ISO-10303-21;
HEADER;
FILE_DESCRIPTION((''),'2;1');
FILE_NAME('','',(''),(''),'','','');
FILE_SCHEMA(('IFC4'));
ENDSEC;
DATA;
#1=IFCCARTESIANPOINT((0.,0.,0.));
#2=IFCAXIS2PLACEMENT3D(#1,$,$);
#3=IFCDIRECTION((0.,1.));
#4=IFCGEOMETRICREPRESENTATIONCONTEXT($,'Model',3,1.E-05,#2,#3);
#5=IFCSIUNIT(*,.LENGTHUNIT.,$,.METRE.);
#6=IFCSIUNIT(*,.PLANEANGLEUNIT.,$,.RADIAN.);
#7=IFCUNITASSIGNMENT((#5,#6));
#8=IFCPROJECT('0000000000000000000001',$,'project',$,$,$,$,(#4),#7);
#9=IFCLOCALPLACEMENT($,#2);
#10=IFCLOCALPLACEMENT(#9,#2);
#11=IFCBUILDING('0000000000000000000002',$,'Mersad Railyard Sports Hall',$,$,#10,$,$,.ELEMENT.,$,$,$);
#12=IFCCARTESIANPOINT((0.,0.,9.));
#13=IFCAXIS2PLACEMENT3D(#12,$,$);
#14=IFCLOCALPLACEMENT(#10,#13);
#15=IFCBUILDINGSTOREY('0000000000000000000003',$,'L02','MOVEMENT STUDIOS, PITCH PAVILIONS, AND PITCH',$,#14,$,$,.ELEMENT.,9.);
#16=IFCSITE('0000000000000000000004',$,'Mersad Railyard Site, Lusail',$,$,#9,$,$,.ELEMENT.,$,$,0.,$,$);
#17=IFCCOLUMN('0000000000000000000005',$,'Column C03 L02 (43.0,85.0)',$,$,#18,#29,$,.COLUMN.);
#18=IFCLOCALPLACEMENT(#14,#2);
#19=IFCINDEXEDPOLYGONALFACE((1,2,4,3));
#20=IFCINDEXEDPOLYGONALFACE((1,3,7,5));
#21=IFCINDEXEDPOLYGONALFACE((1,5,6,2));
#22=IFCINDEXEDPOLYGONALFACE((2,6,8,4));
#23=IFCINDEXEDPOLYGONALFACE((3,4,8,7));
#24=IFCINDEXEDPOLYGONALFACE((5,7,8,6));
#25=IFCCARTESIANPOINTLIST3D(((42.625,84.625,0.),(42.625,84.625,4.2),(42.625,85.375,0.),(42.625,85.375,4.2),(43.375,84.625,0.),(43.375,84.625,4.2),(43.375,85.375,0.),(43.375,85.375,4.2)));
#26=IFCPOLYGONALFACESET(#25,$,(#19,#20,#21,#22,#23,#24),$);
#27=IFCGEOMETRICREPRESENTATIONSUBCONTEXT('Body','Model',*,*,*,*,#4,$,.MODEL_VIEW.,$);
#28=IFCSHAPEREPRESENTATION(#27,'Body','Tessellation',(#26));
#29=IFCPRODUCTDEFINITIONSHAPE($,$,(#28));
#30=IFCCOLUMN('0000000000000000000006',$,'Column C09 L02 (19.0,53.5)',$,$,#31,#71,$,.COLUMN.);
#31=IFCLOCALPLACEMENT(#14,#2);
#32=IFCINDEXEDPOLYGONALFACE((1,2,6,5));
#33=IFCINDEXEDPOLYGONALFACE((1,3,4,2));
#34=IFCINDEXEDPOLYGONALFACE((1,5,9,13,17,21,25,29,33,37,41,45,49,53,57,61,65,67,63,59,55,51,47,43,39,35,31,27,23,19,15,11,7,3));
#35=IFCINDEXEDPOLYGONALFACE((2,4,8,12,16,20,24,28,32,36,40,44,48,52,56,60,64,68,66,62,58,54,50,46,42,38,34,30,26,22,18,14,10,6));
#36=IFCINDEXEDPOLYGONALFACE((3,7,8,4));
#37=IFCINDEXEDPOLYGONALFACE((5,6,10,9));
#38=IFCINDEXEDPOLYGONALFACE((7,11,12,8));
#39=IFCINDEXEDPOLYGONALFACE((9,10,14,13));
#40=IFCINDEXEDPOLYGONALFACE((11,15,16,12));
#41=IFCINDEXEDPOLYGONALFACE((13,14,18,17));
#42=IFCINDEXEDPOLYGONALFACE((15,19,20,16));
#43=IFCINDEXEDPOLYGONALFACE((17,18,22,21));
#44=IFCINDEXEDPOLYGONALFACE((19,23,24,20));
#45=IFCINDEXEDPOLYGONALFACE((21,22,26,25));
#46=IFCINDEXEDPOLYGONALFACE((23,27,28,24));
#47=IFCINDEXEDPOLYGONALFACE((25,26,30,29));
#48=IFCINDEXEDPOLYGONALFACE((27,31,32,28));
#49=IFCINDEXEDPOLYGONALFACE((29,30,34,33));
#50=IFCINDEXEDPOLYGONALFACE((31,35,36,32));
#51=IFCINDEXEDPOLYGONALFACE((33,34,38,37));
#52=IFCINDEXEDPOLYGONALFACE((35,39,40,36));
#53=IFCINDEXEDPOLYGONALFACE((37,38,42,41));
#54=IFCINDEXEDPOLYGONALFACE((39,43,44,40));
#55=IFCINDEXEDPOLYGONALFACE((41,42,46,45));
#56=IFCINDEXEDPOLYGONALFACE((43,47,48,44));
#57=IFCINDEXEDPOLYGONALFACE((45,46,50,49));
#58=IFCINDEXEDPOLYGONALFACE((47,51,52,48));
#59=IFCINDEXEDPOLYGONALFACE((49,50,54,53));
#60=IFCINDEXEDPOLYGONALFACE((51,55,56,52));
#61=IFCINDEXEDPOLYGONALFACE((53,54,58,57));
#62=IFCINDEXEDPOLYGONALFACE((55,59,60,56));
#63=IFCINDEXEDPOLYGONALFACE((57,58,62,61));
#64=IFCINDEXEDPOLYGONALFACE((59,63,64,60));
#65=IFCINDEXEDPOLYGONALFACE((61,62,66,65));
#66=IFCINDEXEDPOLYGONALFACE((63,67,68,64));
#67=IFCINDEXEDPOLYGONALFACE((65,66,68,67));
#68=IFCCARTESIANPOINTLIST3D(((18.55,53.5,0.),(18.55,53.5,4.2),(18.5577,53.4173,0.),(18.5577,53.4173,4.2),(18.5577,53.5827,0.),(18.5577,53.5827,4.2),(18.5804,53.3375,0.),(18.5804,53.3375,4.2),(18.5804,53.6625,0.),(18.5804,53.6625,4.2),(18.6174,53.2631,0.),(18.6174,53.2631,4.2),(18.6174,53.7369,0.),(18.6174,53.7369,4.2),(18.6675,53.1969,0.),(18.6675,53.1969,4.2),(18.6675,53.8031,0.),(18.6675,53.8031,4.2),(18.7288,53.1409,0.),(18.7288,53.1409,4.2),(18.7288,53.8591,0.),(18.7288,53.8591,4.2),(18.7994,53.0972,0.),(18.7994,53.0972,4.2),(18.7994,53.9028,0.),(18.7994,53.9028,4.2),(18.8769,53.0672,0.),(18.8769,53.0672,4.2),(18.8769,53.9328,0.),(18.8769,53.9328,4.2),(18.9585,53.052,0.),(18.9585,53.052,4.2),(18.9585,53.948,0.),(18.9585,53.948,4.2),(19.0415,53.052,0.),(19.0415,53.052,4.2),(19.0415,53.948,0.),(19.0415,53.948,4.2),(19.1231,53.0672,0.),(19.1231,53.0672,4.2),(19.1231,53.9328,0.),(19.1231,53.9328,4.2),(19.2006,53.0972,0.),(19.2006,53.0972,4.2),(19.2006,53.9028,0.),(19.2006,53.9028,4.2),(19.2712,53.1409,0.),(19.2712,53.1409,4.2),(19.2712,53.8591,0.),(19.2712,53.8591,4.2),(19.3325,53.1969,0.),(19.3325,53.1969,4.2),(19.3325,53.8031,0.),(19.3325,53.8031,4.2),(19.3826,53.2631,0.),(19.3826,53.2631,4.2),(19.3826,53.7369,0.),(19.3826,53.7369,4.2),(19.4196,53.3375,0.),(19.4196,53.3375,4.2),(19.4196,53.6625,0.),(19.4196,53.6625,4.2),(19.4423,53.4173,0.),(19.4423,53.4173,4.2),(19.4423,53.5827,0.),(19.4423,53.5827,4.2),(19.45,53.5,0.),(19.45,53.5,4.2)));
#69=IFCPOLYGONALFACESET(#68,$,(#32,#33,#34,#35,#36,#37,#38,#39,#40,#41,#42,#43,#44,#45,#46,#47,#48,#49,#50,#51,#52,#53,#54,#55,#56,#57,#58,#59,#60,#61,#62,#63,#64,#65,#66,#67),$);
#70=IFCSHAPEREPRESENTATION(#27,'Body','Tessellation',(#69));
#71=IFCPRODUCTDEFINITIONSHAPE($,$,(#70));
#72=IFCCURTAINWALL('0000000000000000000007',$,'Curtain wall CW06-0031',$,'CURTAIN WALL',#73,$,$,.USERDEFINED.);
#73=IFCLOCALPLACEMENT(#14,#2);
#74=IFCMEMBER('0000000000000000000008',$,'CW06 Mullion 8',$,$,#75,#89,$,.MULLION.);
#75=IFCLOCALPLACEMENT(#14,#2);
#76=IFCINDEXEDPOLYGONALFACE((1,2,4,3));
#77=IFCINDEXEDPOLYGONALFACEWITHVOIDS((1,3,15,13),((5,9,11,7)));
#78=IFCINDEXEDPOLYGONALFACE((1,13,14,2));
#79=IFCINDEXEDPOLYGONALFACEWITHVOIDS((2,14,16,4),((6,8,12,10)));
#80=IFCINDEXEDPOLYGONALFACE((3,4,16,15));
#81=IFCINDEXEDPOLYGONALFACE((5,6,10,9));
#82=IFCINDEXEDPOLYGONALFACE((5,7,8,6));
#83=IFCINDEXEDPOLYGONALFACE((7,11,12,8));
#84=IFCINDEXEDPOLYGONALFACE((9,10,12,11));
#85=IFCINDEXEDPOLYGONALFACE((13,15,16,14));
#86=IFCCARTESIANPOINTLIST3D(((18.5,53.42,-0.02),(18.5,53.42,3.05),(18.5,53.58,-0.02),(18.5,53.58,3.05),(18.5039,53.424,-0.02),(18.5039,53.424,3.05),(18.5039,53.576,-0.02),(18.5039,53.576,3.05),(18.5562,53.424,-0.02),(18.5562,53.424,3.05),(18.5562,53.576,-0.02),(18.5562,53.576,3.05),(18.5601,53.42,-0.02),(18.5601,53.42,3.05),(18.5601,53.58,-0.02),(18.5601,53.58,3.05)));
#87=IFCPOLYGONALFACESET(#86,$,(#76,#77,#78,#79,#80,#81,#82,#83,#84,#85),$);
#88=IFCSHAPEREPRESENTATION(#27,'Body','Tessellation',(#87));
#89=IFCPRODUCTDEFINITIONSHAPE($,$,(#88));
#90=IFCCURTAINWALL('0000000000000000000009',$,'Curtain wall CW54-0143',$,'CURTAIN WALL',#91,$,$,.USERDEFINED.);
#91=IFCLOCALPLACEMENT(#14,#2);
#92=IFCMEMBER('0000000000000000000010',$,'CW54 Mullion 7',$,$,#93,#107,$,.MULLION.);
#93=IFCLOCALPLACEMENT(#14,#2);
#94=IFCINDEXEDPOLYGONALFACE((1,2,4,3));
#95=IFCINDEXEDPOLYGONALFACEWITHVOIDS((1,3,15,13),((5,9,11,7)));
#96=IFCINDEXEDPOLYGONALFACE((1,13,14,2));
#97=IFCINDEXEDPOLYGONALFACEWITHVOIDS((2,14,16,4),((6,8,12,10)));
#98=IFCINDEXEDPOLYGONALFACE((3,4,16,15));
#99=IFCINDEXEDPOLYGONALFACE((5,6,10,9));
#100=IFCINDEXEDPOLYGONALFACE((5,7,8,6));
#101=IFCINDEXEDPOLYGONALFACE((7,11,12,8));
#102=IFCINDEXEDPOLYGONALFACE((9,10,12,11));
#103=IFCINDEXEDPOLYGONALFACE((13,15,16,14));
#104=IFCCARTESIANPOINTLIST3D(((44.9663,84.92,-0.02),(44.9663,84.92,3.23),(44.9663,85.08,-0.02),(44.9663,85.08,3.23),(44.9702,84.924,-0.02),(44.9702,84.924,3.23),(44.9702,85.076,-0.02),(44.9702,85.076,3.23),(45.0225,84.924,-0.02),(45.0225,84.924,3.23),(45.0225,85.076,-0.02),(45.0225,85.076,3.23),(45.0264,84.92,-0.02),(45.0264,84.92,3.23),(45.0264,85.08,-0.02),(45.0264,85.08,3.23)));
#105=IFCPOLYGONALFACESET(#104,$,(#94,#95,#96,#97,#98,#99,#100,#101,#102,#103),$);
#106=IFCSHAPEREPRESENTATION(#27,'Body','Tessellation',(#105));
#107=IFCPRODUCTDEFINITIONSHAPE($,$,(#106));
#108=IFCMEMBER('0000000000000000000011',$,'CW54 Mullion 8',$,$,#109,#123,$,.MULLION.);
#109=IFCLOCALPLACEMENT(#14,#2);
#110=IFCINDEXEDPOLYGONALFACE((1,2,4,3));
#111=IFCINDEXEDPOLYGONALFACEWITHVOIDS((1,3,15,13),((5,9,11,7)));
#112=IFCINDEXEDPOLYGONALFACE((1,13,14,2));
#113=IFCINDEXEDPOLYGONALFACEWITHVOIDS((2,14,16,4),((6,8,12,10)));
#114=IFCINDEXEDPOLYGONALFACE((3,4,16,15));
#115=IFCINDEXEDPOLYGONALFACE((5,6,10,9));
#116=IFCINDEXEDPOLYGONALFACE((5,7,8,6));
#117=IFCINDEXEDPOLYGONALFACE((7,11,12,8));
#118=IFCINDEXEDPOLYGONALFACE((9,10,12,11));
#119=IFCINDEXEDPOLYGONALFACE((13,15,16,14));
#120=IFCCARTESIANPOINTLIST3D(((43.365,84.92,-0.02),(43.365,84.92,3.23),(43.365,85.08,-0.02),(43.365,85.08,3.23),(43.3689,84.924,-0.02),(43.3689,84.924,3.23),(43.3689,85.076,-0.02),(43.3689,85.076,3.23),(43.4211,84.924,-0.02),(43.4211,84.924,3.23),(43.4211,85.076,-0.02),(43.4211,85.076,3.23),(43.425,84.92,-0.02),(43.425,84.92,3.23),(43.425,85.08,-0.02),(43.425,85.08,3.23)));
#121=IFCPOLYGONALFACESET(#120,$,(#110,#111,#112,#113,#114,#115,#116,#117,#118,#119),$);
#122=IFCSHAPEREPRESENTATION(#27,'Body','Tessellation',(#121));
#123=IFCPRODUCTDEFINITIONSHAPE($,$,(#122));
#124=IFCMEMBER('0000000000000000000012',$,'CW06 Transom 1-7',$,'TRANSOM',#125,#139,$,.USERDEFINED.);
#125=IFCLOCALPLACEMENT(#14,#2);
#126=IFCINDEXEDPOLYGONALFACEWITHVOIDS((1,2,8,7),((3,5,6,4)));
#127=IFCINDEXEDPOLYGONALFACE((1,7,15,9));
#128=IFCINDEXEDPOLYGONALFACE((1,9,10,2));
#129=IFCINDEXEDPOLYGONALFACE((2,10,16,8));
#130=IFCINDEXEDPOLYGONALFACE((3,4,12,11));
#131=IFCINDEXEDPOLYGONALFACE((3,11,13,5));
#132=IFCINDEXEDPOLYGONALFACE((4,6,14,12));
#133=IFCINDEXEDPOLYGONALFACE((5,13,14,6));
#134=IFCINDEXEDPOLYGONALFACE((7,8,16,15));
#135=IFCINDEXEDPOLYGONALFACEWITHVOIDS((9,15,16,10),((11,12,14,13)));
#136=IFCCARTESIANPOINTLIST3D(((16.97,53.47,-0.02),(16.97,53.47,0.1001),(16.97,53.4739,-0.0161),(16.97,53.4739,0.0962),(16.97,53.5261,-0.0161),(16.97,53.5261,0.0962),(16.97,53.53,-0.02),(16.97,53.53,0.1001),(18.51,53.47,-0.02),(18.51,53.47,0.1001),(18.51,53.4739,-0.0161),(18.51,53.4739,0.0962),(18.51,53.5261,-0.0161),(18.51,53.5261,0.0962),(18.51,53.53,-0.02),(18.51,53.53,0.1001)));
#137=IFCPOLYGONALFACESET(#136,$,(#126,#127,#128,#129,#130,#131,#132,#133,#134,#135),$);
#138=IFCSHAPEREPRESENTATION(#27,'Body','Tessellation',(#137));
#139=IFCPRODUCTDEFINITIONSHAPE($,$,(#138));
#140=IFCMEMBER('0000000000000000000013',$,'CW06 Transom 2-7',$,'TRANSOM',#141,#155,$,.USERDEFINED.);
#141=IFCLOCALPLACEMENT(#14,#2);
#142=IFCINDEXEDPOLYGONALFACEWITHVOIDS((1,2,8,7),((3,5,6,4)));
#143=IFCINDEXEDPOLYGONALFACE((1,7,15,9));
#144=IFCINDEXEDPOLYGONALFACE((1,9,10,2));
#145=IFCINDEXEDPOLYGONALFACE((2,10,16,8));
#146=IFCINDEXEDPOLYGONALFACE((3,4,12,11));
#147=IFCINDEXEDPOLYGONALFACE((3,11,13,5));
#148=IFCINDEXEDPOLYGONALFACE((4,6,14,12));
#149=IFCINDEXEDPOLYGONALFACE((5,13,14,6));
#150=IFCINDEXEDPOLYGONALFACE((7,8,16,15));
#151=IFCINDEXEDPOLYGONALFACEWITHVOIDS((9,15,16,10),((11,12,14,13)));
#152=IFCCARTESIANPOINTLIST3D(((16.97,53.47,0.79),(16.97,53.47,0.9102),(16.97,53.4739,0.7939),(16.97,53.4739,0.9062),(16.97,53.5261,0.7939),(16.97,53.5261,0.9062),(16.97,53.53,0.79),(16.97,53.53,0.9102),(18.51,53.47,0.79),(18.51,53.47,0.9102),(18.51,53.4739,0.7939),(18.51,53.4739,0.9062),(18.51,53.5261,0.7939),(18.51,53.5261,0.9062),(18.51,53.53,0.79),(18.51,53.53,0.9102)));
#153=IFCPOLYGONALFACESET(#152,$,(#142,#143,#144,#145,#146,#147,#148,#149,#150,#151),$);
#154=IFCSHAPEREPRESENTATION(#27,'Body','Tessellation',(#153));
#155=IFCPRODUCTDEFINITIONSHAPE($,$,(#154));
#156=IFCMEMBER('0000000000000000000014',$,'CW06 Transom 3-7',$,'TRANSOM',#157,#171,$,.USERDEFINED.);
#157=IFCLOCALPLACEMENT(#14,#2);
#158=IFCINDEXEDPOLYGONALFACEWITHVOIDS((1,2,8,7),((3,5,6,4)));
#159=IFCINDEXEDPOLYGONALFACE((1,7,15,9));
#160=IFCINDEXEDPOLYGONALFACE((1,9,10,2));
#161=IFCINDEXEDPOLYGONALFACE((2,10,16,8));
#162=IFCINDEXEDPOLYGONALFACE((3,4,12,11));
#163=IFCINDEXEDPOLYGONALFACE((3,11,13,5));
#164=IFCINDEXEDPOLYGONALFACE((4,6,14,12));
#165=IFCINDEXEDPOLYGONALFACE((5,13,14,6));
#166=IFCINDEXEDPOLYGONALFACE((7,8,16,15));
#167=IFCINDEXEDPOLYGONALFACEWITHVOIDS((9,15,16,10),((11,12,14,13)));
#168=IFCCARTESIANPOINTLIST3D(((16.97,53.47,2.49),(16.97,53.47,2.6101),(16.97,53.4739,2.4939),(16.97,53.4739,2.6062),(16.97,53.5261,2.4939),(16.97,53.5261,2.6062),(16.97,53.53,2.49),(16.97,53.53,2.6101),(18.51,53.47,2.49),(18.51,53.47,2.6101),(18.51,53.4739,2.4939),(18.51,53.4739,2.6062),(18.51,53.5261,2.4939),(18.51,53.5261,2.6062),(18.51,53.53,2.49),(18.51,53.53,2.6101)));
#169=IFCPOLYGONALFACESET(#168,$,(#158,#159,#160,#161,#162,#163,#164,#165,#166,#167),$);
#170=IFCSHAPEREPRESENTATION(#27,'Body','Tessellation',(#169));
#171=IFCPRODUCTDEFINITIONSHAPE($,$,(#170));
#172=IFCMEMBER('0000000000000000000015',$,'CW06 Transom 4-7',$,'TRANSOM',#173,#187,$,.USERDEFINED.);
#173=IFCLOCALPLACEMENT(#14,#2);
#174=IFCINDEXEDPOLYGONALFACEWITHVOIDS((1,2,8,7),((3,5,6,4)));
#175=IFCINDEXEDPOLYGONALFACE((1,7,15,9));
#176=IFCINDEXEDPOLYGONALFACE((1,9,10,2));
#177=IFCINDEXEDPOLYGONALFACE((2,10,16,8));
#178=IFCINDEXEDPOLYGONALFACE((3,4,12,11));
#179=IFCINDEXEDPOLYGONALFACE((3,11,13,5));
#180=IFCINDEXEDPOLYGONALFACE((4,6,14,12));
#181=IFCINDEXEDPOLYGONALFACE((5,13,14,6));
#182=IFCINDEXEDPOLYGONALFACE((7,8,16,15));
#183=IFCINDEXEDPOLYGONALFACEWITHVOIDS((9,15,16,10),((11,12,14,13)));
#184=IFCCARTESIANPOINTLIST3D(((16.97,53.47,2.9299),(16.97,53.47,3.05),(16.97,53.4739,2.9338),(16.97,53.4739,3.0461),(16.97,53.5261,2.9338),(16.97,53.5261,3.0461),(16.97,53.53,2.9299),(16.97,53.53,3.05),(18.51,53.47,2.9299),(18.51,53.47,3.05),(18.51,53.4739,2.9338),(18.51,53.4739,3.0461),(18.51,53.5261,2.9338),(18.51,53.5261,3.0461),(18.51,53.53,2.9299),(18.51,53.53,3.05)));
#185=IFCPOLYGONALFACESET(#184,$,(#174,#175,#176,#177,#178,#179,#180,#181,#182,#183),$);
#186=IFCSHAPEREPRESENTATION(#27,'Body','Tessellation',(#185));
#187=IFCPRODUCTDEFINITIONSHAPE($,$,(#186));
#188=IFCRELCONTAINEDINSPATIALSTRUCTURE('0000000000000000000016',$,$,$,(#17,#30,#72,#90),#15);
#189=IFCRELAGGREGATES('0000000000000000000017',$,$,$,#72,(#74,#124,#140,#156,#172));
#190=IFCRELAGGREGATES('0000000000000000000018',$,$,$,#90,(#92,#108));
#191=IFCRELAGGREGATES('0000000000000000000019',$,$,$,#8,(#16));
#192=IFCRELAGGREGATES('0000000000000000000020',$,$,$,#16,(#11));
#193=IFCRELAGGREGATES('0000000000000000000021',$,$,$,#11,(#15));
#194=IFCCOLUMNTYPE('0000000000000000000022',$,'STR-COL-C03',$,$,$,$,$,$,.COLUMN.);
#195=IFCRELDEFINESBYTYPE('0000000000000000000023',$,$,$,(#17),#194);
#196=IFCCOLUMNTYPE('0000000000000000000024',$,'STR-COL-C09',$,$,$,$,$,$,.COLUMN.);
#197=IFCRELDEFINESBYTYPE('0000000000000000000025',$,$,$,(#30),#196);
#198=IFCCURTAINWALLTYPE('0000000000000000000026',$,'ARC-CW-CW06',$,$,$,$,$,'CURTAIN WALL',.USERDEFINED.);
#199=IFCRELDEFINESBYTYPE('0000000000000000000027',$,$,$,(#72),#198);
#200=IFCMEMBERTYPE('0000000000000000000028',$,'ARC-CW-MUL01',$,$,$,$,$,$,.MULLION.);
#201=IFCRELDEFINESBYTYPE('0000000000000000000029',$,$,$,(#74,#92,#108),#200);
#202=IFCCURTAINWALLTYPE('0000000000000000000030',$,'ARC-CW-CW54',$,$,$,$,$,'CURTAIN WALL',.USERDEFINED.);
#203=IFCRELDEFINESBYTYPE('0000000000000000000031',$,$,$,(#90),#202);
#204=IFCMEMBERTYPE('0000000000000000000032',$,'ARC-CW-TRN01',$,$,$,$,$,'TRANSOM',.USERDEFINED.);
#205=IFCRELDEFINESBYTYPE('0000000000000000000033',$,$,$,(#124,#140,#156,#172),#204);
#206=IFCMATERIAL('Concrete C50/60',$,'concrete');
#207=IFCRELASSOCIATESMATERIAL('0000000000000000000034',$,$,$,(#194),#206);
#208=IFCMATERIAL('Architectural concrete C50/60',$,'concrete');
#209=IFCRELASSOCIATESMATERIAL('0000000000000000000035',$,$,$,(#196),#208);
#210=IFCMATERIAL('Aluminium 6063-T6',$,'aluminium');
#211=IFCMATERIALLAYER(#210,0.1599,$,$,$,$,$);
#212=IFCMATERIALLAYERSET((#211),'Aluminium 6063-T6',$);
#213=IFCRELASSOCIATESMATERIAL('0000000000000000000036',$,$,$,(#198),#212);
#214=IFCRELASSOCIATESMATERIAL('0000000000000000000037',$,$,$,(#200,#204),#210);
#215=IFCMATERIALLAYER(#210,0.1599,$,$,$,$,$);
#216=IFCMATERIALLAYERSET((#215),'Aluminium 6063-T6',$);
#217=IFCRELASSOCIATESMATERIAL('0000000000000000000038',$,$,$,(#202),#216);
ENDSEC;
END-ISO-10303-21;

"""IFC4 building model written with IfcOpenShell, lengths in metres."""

from ifc_helpers import new_model, si_unit, direction, frame, origin, origin_2d, place, context, subcontext, project, spatial, rectangle, hollow_rectangle, circle, extrude, material, layer, layer_set, material_profile, profile_set, type_object, element, aggregate, save


model = new_model("IFC4")

# Units and contexts
model_context = context("Model", 3, precision=1e-05, world=origin(), true_north=direction((0.0, 1.0)))
body_context = subcontext(model_context, "Body", "Model", "MODEL_VIEW")
ifc_project = project(units=[si_unit("LENGTHUNIT", "METRE"), si_unit("PLANEANGLEUNIT", "RADIAN")], contexts=[model_context])

# Site, building, storey
site_placement = place(None, origin())
site = spatial("IfcSite", under=ifc_project, at=site_placement, Name="Mersad Railyard Site, Lusail", CompositionType="ELEMENT", RefElevation=0.0)
building_placement = place(site_placement, origin())
building = spatial("IfcBuilding", under=site, at=building_placement, Name="Mersad Railyard Sports Hall", CompositionType="ELEMENT")
storey_placement = place(building_placement, frame((0.0, 0.0, 9.0)))
storey = spatial("IfcBuildingStorey", under=building, at=storey_placement, Name="L02", Description="MOVEMENT STUDIOS, PITCH PAVILIONS, AND PITCH", CompositionType="ELEMENT", Elevation=9.0)

# Columns
ifc_material_1 = material(Name="Concrete C50/60", Category="concrete")
ifc_material_profile_1 = material_profile(ifc_material_1, rectangle(XDim=0.75, YDim=0.75, at=origin_2d()), Name="RC 750x750")
ifc_profile_set_1 = profile_set([ifc_material_profile_1], Name="Concrete C50/60")
column_type_1 = type_object("IfcColumnType", Name="STR-COL-C03", PredefinedType="COLUMN", material=ifc_profile_set_1)
column_1_placement = place(storey_placement, frame((43.0, 85.0, 0.0), z_axis=(0.0, 0.0, 1.0), x_axis=(1.0, 0.0, 0.0)))
element("IfcColumn", 1, at=column_1_placement, inside=storey, type_object=column_type_1, Name="Column C03 L02 (43.0,85.0)", PredefinedType="COLUMN", context=body_context, shape_type="SweptSolid", body=[
    extrude(rectangle(XDim=0.75, YDim=0.75, at=origin_2d()), origin(), (0.0, 0.0, 1.0), 4.2),
])
ifc_material_2 = material(Name="Architectural concrete C50/60", Category="concrete")
ifc_material_profile_2 = material_profile(ifc_material_2, circle(Radius=0.45, at=origin_2d()), Name="RC D900")
ifc_profile_set_2 = profile_set([ifc_material_profile_2], Name="Architectural concrete C50/60")
column_type_2 = type_object("IfcColumnType", Name="STR-COL-C09", PredefinedType="COLUMN", material=ifc_profile_set_2)
column_2_placement = place(storey_placement, frame((19.0, 53.5, 0.0), z_axis=(0.0, 0.0, 1.0), x_axis=(1.0, 0.0, 0.0)))
element("IfcColumn", 2, at=column_2_placement, inside=storey, type_object=column_type_2, Name="Column C09 L02 (19.0,53.5)", PredefinedType="COLUMN", context=body_context, shape_type="SweptSolid", body=[
    extrude(circle(Radius=0.45, at=origin_2d()), origin(), (0.0, 0.0, 1.0), 4.2),
])

# Curtain wall, member
ifc_material_3 = material(Name="Aluminium 6063-T6", Category="aluminium")
ifc_layer_1 = layer(ifc_material_3, 0.1599)
ifc_layer_set_1 = layer_set([ifc_layer_1], Name="Aluminium 6063-T6")
curtain_wall_type_1 = type_object("IfcCurtainWallType", Name="ARC-CW-CW06", ElementType="CURTAIN WALL", PredefinedType="USERDEFINED", material=ifc_layer_set_1)
curtain_wall_1_placement = place(storey_placement, origin())
curtain_wall_1 = element("IfcCurtainWall", 3, at=curtain_wall_1_placement, inside=storey, type_object=curtain_wall_type_1, Name="Curtain wall CW06-0031", ObjectType="CURTAIN WALL", PredefinedType="USERDEFINED")
ifc_material_profile_3 = material_profile(ifc_material_3, hollow_rectangle(XDim=0.0601, YDim=0.1599, WallThickness=0.0039, at=origin_2d()), Name="AL MULLION 60x160x4")
ifc_profile_set_3 = profile_set([ifc_material_profile_3], Name="Aluminium 6063-T6")
member_type_1 = type_object("IfcMemberType", Name="ARC-CW-MUL01", PredefinedType="MULLION", material=ifc_profile_set_3)
member_1_placement = place(storey_placement, frame((18.53, 53.5, -0.02), z_axis=(0.0, 0.0, 1.0), x_axis=(1.0, 0.0, 0.0)))
member_1 = element("IfcMember", 4, at=member_1_placement, type_object=member_type_1, Name="CW06 Mullion 8", PredefinedType="MULLION", context=body_context, shape_type="SweptSolid", body=[
    extrude(hollow_rectangle(XDim=0.0601, YDim=0.1599, WallThickness=0.0039, at=origin_2d()), origin(), (0.0, 0.0, 1.0), 3.0701),
])

# Curtain wall, members
ifc_layer_2 = layer(ifc_material_3, 0.1599)
ifc_layer_set_2 = layer_set([ifc_layer_2], Name="Aluminium 6063-T6")
curtain_wall_type_2 = type_object("IfcCurtainWallType", Name="ARC-CW-CW54", ElementType="CURTAIN WALL", PredefinedType="USERDEFINED", material=ifc_layer_set_2)
curtain_wall_2_placement = place(storey_placement, origin())
curtain_wall_2 = element("IfcCurtainWall", 5, at=curtain_wall_2_placement, inside=storey, type_object=curtain_wall_type_2, Name="Curtain wall CW54-0143", ObjectType="CURTAIN WALL", PredefinedType="USERDEFINED")
member_2_placement = place(storey_placement, frame((44.9963, 85.0, -0.02), z_axis=(0.0, 0.0, 1.0), x_axis=(1.0, 0.0, 0.0)))
member_2 = element("IfcMember", 6, at=member_2_placement, type_object=member_type_1, Name="CW54 Mullion 7", PredefinedType="MULLION", context=body_context, shape_type="SweptSolid", body=[
    extrude(hollow_rectangle(XDim=0.0601, YDim=0.1599, WallThickness=0.0039, at=origin_2d()), origin(), (0.0, 0.0, 1.0), 3.25),
])
member_3_placement = place(storey_placement, frame((43.395, 85.0, -0.02), z_axis=(0.0, 0.0, 1.0), x_axis=(1.0, 0.0, 0.0)))
member_3 = element("IfcMember", 7, at=member_3_placement, type_object=member_type_1, Name="CW54 Mullion 8", PredefinedType="MULLION", context=body_context, shape_type="SweptSolid", body=[
    extrude(hollow_rectangle(XDim=0.0601, YDim=0.1599, WallThickness=0.0039, at=origin_2d()), origin(), (0.0, 0.0, 1.0), 3.25),
])

# Members
ifc_material_profile_4 = material_profile(ifc_material_3, hollow_rectangle(XDim=0.0601, YDim=0.1201, WallThickness=0.0039, at=origin_2d()), Name="AL TRANSOM 60x120x4")
ifc_profile_set_4 = profile_set([ifc_material_profile_4], Name="Aluminium 6063-T6")
member_type_2 = type_object("IfcMemberType", Name="ARC-CW-TRN01", ElementType="TRANSOM", PredefinedType="USERDEFINED", material=ifc_profile_set_4)
member_4_placement = place(storey_placement, frame((16.97, 53.5, 0.04), z_axis=(1.0, 0.0, 0.0), x_axis=(0.0, 1.0, 0.0)))
member_4 = element("IfcMember", 8, at=member_4_placement, type_object=member_type_2, Name="CW06 Transom 1-7", ObjectType="TRANSOM", PredefinedType="USERDEFINED", context=body_context, shape_type="SweptSolid", body=[
    extrude(hollow_rectangle(XDim=0.0601, YDim=0.1201, WallThickness=0.0039, at=origin_2d()), origin(), (0.0, 0.0, 1.0), 1.54),
])
member_5_placement = place(storey_placement, frame((16.97, 53.5, 0.8501), z_axis=(1.0, 0.0, 0.0), x_axis=(0.0, 1.0, 0.0)))
member_5 = element("IfcMember", 9, at=member_5_placement, type_object=member_type_2, Name="CW06 Transom 2-7", ObjectType="TRANSOM", PredefinedType="USERDEFINED", context=body_context, shape_type="SweptSolid", body=[
    extrude(hollow_rectangle(XDim=0.0601, YDim=0.1201, WallThickness=0.0039, at=origin_2d()), origin(), (0.0, 0.0, 1.0), 1.54),
])
member_6_placement = place(storey_placement, frame((16.97, 53.5, 2.55), z_axis=(1.0, 0.0, 0.0), x_axis=(0.0, 1.0, 0.0)))
member_6 = element("IfcMember", 10, at=member_6_placement, type_object=member_type_2, Name="CW06 Transom 3-7", ObjectType="TRANSOM", PredefinedType="USERDEFINED", context=body_context, shape_type="SweptSolid", body=[
    extrude(hollow_rectangle(XDim=0.0601, YDim=0.1201, WallThickness=0.0039, at=origin_2d()), origin(), (0.0, 0.0, 1.0), 1.54),
])
member_7_placement = place(storey_placement, frame((16.97, 53.5, 2.99), z_axis=(1.0, 0.0, 0.0), x_axis=(0.0, 1.0, 0.0)))
member_7 = element("IfcMember", 11, at=member_7_placement, type_object=member_type_2, Name="CW06 Transom 4-7", ObjectType="TRANSOM", PredefinedType="USERDEFINED", context=body_context, shape_type="SweptSolid", body=[
    extrude(hollow_rectangle(XDim=0.0601, YDim=0.1201, WallThickness=0.0039, at=origin_2d()), origin(), (0.0, 0.0, 1.0), 1.54),
])

aggregate(curtain_wall_1, [member_1, member_4, member_5, member_6, member_7])
aggregate(curtain_wall_2, [member_2, member_3])

save(model, "model.ifc")
